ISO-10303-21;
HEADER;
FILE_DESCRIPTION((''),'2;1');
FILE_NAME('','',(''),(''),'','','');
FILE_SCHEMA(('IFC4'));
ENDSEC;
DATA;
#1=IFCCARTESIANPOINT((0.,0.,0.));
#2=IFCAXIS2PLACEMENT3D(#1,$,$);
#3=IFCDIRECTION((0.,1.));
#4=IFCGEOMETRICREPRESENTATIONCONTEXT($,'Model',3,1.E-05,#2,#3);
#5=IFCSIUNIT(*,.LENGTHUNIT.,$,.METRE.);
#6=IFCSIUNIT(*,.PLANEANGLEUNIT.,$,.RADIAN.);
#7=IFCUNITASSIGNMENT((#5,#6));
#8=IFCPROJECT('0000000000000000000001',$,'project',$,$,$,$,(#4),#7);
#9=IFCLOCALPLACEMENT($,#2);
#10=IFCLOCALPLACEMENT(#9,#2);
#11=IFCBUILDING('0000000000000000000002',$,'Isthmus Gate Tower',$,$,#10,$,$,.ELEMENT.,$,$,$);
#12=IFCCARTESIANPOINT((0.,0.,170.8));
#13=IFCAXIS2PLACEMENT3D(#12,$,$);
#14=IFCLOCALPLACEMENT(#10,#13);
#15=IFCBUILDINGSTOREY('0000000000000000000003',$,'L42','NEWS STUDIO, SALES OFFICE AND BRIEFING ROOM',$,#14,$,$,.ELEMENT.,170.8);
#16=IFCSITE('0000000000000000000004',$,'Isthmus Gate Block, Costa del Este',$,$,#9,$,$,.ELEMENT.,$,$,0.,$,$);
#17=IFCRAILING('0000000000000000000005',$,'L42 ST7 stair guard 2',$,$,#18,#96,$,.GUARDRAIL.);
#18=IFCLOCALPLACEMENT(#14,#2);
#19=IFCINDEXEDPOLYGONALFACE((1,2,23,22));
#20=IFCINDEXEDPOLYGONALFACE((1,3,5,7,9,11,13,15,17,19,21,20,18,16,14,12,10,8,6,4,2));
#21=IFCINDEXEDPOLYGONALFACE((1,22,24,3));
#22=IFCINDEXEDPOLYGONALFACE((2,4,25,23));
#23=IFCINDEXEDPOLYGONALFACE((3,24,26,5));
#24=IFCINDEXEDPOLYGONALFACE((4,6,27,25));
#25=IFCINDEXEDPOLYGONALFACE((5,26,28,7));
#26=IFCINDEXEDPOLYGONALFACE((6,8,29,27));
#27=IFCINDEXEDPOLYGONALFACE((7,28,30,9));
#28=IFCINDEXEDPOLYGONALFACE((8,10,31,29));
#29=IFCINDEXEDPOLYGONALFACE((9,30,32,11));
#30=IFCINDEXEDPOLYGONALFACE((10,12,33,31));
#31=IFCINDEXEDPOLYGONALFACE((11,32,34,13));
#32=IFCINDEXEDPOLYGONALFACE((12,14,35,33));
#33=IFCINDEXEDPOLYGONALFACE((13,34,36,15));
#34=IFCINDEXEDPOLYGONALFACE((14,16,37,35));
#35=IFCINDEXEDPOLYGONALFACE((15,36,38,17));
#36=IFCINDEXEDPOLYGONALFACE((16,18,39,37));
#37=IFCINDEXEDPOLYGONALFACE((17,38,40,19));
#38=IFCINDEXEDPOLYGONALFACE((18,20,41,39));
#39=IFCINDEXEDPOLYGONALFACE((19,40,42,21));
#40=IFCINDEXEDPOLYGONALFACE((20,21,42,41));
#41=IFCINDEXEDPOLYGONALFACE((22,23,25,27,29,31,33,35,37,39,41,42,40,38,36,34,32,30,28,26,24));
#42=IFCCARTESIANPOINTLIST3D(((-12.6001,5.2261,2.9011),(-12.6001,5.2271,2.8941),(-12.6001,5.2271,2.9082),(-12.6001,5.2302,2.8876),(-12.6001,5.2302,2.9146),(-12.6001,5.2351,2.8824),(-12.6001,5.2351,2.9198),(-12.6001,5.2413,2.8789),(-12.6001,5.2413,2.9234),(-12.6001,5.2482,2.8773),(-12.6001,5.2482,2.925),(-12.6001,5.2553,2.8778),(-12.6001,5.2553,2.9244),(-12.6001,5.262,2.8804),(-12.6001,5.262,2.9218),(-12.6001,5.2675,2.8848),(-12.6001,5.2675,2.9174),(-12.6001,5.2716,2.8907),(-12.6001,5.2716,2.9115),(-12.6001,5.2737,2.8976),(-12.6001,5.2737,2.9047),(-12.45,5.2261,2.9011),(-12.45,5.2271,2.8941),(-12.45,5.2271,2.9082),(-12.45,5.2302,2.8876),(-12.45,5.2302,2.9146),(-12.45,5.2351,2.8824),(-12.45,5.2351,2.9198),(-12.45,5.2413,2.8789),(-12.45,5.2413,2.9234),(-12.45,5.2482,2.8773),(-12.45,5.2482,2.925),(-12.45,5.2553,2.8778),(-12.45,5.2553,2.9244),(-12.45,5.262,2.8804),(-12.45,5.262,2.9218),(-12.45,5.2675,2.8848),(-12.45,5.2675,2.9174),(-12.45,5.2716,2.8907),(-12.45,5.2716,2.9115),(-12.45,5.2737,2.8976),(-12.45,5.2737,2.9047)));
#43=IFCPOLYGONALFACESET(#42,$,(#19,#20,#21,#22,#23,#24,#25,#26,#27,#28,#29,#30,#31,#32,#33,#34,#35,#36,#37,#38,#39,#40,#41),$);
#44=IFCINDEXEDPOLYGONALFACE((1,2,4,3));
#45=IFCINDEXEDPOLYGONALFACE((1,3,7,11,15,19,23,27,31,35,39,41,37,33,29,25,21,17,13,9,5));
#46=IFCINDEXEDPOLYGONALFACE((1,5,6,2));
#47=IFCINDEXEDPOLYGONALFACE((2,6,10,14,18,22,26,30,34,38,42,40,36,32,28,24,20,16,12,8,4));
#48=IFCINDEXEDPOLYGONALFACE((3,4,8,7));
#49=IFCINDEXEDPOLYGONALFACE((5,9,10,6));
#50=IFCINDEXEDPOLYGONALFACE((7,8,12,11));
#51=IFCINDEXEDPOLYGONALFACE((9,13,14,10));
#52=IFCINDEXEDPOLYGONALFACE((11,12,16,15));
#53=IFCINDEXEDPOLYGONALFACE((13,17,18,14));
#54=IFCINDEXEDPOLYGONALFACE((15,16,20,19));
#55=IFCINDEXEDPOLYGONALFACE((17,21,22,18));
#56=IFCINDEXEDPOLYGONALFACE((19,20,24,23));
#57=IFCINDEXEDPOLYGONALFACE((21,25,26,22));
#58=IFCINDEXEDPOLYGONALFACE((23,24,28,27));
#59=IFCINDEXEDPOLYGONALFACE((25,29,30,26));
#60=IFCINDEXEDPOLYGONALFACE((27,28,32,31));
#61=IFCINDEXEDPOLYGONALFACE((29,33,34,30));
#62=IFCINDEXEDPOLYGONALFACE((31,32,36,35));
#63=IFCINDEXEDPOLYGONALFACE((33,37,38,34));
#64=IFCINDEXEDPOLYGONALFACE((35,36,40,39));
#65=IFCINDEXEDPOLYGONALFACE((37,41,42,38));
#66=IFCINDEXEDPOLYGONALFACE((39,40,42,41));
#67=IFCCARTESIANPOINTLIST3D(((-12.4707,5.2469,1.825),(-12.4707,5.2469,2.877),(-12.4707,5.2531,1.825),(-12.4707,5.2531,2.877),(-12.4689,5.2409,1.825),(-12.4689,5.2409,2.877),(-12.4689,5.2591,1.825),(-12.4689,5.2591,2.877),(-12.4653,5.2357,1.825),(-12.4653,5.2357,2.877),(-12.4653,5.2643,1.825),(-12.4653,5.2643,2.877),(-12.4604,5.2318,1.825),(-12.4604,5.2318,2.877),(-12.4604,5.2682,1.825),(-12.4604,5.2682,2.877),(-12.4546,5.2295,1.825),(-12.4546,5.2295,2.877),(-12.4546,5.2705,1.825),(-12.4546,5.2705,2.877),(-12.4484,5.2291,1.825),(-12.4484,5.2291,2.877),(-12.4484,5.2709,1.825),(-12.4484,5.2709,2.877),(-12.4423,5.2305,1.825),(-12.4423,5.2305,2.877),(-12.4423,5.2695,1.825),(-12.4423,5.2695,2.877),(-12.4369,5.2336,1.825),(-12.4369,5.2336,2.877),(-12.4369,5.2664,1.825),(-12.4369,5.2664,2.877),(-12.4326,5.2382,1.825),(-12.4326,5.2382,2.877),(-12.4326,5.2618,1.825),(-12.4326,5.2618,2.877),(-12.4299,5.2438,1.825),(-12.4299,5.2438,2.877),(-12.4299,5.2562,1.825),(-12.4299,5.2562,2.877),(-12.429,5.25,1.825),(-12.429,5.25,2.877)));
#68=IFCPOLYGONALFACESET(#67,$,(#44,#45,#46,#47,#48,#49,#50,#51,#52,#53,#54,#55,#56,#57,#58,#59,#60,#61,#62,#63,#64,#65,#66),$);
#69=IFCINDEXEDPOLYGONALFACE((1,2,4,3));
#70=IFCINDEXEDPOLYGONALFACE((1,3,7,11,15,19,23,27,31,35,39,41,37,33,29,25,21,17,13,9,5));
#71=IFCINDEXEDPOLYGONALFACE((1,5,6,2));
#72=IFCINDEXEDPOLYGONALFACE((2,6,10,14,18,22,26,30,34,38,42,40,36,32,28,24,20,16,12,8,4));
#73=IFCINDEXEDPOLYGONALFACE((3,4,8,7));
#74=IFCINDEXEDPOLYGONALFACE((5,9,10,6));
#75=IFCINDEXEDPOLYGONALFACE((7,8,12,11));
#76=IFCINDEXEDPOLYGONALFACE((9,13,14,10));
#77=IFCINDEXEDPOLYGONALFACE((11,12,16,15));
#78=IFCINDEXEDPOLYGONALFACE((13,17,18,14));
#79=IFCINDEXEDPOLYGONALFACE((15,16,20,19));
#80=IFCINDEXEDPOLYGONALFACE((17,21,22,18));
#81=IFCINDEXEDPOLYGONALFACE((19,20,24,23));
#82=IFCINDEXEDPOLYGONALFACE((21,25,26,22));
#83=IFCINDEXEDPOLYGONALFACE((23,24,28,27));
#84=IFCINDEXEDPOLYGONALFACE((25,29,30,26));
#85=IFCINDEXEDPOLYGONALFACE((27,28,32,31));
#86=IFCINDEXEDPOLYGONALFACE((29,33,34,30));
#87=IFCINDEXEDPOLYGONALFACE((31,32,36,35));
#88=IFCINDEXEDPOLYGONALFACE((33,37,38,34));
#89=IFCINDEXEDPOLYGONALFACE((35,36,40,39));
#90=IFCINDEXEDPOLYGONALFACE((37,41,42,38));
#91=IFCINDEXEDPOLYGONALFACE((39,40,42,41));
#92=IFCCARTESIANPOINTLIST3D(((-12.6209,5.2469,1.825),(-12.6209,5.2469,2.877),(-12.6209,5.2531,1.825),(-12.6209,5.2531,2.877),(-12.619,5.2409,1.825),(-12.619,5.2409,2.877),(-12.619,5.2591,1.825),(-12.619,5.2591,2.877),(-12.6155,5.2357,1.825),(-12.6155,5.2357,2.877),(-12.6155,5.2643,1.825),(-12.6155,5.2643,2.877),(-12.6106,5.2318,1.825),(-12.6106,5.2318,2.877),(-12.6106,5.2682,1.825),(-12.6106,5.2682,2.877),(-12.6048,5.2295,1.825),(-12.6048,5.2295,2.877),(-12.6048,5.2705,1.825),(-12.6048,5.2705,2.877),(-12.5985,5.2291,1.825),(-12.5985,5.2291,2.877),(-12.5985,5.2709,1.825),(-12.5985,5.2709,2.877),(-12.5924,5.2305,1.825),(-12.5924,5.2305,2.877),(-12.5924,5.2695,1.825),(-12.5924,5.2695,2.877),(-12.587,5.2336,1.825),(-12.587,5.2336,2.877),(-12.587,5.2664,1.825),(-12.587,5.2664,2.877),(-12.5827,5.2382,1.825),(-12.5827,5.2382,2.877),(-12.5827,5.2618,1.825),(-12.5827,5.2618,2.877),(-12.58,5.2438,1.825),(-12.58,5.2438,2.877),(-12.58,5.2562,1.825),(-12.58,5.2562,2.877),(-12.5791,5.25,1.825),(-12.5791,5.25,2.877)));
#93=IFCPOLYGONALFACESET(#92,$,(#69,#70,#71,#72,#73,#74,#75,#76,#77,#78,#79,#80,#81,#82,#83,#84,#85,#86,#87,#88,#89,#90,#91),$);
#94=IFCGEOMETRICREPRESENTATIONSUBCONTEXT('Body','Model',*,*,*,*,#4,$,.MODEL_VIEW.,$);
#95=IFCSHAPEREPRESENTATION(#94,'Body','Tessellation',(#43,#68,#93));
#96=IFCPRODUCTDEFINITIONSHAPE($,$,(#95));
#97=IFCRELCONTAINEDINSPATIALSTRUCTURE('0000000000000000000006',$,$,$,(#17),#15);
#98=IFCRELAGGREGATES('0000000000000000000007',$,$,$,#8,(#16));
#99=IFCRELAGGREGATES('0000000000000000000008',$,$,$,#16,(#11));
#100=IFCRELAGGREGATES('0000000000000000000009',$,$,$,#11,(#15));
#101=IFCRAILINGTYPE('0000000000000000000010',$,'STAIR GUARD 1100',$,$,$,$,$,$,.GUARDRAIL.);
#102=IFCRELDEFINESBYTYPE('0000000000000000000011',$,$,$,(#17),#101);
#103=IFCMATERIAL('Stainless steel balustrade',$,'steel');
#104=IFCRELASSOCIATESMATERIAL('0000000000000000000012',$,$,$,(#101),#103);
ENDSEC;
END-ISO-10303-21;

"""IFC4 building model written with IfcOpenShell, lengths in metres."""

from ifc_helpers import new_model, si_unit, direction, frame, origin, origin_2d, place, context, subcontext, project, spatial, circle, extrude, material, type_object, element, save


model = new_model("IFC4")

# Units and contexts
model_context = context("Model", 3, precision=1e-05, world=origin(), true_north=direction((0.0, 1.0)))
body_context = subcontext(model_context, "Body", "Model", "MODEL_VIEW")
ifc_project = project(units=[si_unit("LENGTHUNIT", "METRE"), si_unit("PLANEANGLEUNIT", "RADIAN")], contexts=[model_context])

# Site, building, storey
site_placement = place(None, origin())
site = spatial("IfcSite", under=ifc_project, at=site_placement, Name="Isthmus Gate Block, Costa del Este", CompositionType="ELEMENT", RefElevation=0.0)
building_placement = place(site_placement, origin())
building = spatial("IfcBuilding", under=site, at=building_placement, Name="Isthmus Gate Tower", CompositionType="ELEMENT")
storey_placement = place(building_placement, frame((0.0, 0.0, 170.8)))
storey = spatial("IfcBuildingStorey", under=building, at=storey_placement, Name="L42", Description="NEWS STUDIO, SALES OFFICE AND BRIEFING ROOM", CompositionType="ELEMENT", Elevation=170.8)

# Railing
ifc_material_1 = material(Name="Stainless steel balustrade", Category="steel")
railing_type_1 = type_object("IfcRailingType", Name="STAIR GUARD 1100", PredefinedType="GUARDRAIL", material=ifc_material_1)
railing_1_placement = place(storey_placement, frame((-12.45, 5.25, 1.825)))
element("IfcRailing", 1, at=railing_1_placement, inside=storey, type_object=railing_type_1, Name="L42 ST7 stair guard 2", PredefinedType="GUARDRAIL", context=body_context, shape_type="SweptSolid", body=[
    extrude(circle(Radius=0.0239, at=origin_2d()), frame((0.0, 0.0, 1.0762), z_axis=(-1.0, 0.0, 0.0), x_axis=(0.0, -1.0, 0.0)), (0.0, 0.0, 1.0), 0.1501),
    extrude(circle(Radius=0.021, at=origin_2d()), origin(), (0.0, 0.0, 1.0), 1.052),
    extrude(circle(Radius=0.021, at=origin_2d()), frame((-0.1501, 0.0, 0.0)), (0.0, 0.0, 1.0), 1.052),
])

save(model, "model.ifc")
